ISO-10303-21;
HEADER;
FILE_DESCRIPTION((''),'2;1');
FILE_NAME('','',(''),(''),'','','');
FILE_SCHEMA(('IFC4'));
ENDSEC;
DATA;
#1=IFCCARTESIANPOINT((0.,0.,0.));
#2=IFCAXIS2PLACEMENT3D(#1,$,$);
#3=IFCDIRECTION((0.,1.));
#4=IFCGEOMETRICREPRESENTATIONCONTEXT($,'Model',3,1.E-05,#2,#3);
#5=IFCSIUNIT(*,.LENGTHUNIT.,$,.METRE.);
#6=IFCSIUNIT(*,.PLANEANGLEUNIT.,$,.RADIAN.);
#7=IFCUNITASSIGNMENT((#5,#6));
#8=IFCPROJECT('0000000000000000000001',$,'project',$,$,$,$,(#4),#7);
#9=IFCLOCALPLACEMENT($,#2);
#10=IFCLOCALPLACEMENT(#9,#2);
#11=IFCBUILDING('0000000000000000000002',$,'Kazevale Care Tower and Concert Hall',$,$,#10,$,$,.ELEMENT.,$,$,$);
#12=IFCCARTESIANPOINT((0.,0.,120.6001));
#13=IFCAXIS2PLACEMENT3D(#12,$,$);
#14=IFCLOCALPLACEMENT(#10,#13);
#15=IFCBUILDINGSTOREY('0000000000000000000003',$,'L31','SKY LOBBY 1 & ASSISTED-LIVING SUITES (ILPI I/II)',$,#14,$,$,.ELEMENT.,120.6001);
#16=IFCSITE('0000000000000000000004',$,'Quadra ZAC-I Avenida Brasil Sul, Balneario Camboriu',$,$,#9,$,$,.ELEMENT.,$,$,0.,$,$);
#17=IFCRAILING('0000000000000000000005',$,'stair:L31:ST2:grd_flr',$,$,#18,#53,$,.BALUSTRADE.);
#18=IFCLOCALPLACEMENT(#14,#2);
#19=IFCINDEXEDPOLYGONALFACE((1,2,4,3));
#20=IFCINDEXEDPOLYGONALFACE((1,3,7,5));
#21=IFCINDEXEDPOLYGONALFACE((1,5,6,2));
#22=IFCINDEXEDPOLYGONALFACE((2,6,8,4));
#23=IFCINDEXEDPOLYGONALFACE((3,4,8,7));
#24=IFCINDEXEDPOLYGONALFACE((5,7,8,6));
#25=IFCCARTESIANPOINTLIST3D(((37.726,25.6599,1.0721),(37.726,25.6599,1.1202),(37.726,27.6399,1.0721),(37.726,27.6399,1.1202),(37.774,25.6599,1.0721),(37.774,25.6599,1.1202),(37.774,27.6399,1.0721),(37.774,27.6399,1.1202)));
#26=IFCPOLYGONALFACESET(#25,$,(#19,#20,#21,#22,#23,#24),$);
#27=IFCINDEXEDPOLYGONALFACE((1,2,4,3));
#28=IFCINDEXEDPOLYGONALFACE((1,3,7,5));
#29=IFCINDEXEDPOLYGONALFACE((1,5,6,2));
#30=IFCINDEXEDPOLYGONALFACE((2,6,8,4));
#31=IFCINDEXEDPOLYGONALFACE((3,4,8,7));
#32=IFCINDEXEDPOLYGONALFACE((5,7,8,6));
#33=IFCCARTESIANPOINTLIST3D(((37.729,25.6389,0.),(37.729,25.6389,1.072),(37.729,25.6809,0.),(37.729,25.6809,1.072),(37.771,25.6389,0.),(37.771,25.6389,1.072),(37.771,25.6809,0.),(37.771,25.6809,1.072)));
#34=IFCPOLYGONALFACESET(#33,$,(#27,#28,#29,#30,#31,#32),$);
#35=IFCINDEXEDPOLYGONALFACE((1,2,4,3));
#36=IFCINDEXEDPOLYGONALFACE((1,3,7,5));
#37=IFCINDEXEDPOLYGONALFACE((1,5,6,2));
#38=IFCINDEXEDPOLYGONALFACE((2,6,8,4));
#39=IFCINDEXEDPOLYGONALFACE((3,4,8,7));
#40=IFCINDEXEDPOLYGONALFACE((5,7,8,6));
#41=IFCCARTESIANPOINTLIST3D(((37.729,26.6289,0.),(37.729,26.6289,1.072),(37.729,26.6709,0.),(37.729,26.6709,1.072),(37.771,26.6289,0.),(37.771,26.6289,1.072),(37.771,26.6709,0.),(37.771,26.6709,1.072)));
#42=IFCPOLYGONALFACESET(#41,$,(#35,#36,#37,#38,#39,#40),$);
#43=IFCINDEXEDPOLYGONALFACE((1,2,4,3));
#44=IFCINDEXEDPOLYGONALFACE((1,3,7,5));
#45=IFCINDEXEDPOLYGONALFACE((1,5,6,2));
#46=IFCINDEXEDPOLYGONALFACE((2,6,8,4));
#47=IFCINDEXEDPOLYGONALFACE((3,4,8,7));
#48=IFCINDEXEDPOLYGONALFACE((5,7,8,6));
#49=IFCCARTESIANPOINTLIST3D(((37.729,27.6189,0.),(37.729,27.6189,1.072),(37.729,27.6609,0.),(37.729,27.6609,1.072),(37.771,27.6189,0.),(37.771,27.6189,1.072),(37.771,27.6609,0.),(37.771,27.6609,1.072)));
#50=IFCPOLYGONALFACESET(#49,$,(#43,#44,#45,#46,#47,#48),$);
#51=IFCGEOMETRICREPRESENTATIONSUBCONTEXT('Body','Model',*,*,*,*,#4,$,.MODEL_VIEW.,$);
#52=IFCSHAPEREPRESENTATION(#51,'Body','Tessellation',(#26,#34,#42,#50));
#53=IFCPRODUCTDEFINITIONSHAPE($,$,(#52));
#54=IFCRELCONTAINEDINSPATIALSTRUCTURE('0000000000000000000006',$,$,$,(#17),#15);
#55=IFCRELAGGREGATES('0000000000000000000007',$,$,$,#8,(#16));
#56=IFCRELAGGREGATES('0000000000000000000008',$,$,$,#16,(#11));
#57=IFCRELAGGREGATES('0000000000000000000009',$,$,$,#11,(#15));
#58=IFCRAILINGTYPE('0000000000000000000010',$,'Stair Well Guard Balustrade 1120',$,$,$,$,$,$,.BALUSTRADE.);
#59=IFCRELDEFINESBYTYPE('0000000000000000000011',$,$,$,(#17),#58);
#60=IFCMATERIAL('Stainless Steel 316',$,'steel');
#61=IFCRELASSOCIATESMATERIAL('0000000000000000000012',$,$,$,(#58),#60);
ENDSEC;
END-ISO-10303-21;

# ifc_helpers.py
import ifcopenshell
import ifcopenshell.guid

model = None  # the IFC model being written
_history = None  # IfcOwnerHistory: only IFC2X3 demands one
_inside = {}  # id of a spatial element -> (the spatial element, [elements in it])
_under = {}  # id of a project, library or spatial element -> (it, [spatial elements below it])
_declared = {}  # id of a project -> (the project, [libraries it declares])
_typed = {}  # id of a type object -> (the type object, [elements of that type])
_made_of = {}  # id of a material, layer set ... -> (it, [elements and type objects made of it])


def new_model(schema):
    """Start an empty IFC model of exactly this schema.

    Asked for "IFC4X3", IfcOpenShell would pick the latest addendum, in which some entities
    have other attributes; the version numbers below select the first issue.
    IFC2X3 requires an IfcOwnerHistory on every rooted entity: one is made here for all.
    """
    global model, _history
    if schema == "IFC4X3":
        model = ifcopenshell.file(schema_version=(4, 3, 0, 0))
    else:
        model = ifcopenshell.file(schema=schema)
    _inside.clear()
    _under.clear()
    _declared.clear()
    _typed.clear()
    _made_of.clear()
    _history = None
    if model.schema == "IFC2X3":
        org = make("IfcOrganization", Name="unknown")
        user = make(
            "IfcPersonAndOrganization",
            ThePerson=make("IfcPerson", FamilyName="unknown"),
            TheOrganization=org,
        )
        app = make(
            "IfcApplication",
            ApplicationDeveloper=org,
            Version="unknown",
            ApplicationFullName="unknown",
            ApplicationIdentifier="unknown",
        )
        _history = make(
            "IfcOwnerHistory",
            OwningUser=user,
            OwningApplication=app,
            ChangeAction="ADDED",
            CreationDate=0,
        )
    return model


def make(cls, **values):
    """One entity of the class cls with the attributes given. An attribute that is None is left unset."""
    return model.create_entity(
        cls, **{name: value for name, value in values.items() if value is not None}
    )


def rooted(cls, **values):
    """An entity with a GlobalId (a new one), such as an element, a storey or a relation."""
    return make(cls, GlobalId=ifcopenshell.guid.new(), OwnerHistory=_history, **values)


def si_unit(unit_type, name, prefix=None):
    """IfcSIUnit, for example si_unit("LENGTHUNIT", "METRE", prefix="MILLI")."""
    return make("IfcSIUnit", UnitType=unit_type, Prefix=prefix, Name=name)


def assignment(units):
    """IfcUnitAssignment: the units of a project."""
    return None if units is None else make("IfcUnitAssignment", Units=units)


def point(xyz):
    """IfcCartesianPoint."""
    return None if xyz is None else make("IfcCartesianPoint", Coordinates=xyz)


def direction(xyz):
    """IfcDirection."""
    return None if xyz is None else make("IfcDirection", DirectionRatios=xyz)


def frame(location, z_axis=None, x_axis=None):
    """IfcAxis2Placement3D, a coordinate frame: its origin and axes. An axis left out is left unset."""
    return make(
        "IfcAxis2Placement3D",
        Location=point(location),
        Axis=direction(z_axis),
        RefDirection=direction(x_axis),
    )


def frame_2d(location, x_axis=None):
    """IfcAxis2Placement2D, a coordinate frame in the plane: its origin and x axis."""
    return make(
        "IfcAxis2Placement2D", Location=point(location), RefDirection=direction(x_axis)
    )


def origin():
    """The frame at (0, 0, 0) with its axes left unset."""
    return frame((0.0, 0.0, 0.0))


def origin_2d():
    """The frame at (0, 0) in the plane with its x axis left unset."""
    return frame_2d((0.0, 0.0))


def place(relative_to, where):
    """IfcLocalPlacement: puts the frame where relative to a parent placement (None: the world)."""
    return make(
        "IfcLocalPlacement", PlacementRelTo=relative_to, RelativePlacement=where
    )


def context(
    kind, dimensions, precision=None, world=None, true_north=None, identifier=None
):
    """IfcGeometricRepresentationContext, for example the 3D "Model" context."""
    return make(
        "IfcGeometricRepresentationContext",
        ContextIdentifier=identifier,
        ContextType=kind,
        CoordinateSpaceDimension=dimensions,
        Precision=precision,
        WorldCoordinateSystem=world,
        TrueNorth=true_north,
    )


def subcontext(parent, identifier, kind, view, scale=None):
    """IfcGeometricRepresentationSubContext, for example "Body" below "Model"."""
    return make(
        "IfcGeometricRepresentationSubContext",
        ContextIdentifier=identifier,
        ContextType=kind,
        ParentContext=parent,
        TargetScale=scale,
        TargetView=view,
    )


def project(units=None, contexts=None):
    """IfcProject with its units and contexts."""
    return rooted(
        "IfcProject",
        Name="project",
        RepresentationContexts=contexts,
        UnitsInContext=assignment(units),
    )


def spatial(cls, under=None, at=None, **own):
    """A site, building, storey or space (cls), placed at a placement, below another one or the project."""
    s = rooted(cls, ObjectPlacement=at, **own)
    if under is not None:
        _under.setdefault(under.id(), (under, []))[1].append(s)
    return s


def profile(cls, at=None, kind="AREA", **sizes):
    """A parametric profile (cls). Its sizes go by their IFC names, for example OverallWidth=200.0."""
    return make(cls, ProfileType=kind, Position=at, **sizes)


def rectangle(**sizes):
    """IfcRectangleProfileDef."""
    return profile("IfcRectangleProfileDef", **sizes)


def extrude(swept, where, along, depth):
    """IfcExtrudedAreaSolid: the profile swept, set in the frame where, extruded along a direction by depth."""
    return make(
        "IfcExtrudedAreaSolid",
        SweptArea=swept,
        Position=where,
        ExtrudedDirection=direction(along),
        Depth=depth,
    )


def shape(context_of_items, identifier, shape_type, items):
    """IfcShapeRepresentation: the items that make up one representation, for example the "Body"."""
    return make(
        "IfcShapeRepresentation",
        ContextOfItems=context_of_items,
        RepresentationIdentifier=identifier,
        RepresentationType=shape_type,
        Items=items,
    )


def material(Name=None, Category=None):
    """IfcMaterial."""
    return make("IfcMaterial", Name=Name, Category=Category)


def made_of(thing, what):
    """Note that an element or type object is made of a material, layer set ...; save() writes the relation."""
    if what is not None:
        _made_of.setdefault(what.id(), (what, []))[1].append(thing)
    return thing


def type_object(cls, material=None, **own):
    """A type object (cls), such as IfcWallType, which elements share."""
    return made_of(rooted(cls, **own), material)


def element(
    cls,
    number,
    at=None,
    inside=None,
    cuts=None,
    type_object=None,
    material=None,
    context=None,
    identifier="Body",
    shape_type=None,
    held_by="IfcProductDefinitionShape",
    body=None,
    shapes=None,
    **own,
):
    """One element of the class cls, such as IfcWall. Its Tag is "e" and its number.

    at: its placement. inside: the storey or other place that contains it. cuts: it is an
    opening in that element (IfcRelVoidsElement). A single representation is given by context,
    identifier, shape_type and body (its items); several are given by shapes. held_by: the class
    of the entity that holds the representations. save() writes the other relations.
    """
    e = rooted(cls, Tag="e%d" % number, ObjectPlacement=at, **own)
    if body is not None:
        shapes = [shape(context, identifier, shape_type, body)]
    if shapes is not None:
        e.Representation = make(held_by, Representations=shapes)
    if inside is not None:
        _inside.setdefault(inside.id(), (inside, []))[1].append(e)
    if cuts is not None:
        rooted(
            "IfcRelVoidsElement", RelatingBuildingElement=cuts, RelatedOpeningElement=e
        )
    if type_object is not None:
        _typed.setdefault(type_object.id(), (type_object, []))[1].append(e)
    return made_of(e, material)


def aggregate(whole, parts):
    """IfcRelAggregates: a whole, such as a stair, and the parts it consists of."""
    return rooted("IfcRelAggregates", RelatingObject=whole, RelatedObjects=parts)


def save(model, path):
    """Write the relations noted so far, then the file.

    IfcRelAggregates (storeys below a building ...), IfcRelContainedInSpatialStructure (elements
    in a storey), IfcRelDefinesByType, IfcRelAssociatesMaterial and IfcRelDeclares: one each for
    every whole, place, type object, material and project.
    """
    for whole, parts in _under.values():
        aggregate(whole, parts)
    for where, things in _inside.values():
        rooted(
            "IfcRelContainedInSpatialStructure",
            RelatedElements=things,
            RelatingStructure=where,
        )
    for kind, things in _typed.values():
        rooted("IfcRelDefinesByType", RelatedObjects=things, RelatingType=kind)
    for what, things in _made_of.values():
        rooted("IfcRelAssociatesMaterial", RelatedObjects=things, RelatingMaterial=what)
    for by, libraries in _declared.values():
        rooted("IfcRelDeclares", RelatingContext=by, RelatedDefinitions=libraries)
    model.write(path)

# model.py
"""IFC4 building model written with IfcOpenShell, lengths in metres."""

from ifc_helpers import new_model, si_unit, direction, frame, origin, origin_2d, place, context, subcontext, project, spatial, rectangle, extrude, material, type_object, element, save


model = new_model("IFC4")

# Units and contexts
model_context = context("Model", 3, precision=1e-05, world=origin(), true_north=direction((0.0, 1.0)))
body_context = subcontext(model_context, "Body", "Model", "MODEL_VIEW")
ifc_project = project(units=[si_unit("LENGTHUNIT", "METRE"), si_unit("PLANEANGLEUNIT", "RADIAN")], contexts=[model_context])

# Site, building, storey
site_placement = place(None, origin())
site = spatial("IfcSite", under=ifc_project, at=site_placement, Name="Quadra ZAC-I Avenida Brasil Sul, Balneario Camboriu", CompositionType="ELEMENT", RefElevation=0.0)
building_placement = place(site_placement, origin())
building = spatial("IfcBuilding", under=site, at=building_placement, Name="Kazevale Care Tower and Concert Hall", CompositionType="ELEMENT")
storey_placement = place(building_placement, frame((0.0, 0.0, 120.6001)))
storey = spatial("IfcBuildingStorey", under=building, at=storey_placement, Name="L31", Description="SKY LOBBY 1 & ASSISTED-LIVING SUITES (ILPI I/II)", CompositionType="ELEMENT", Elevation=120.6001)

# Railing
ifc_material_1 = material(Name="Stainless Steel 316", Category="steel")
railing_type_1 = type_object("IfcRailingType", Name="Stair Well Guard Balustrade 1120", PredefinedType="BALUSTRADE", material=ifc_material_1)
for number, where, name in (
    (1, (37.75, 25.6599, 0.0), "stair:L31:ST2:grd_flr"),
):
    element("IfcRailing", number, at=place(storey_placement, frame(where)), inside=storey, type_object=railing_type_1, Name=name, PredefinedType="BALUSTRADE", context=body_context, shape_type="SweptSolid", body=[
        extrude(rectangle(XDim=0.0481, YDim=0.0481, at=origin_2d()), frame((0.0, 0.0, 1.0962), z_axis=(0.0, 1.0, 0.0), x_axis=(-1.0, 0.0, 0.0)), (0.0, 0.0, 1.0), 1.98),
        extrude(rectangle(XDim=0.042, YDim=0.042, at=origin_2d()), origin(), (0.0, 0.0, 1.0), 1.072),
        extrude(rectangle(XDim=0.042, YDim=0.042, at=origin_2d()), frame((0.0, 0.99, 0.0)), (0.0, 0.0, 1.0), 1.072),
        extrude(rectangle(XDim=0.042, YDim=0.042, at=origin_2d()), frame((0.0, 1.98, 0.0)), (0.0, 0.0, 1.0), 1.072),
    ])

save(model, "model.ifc")
